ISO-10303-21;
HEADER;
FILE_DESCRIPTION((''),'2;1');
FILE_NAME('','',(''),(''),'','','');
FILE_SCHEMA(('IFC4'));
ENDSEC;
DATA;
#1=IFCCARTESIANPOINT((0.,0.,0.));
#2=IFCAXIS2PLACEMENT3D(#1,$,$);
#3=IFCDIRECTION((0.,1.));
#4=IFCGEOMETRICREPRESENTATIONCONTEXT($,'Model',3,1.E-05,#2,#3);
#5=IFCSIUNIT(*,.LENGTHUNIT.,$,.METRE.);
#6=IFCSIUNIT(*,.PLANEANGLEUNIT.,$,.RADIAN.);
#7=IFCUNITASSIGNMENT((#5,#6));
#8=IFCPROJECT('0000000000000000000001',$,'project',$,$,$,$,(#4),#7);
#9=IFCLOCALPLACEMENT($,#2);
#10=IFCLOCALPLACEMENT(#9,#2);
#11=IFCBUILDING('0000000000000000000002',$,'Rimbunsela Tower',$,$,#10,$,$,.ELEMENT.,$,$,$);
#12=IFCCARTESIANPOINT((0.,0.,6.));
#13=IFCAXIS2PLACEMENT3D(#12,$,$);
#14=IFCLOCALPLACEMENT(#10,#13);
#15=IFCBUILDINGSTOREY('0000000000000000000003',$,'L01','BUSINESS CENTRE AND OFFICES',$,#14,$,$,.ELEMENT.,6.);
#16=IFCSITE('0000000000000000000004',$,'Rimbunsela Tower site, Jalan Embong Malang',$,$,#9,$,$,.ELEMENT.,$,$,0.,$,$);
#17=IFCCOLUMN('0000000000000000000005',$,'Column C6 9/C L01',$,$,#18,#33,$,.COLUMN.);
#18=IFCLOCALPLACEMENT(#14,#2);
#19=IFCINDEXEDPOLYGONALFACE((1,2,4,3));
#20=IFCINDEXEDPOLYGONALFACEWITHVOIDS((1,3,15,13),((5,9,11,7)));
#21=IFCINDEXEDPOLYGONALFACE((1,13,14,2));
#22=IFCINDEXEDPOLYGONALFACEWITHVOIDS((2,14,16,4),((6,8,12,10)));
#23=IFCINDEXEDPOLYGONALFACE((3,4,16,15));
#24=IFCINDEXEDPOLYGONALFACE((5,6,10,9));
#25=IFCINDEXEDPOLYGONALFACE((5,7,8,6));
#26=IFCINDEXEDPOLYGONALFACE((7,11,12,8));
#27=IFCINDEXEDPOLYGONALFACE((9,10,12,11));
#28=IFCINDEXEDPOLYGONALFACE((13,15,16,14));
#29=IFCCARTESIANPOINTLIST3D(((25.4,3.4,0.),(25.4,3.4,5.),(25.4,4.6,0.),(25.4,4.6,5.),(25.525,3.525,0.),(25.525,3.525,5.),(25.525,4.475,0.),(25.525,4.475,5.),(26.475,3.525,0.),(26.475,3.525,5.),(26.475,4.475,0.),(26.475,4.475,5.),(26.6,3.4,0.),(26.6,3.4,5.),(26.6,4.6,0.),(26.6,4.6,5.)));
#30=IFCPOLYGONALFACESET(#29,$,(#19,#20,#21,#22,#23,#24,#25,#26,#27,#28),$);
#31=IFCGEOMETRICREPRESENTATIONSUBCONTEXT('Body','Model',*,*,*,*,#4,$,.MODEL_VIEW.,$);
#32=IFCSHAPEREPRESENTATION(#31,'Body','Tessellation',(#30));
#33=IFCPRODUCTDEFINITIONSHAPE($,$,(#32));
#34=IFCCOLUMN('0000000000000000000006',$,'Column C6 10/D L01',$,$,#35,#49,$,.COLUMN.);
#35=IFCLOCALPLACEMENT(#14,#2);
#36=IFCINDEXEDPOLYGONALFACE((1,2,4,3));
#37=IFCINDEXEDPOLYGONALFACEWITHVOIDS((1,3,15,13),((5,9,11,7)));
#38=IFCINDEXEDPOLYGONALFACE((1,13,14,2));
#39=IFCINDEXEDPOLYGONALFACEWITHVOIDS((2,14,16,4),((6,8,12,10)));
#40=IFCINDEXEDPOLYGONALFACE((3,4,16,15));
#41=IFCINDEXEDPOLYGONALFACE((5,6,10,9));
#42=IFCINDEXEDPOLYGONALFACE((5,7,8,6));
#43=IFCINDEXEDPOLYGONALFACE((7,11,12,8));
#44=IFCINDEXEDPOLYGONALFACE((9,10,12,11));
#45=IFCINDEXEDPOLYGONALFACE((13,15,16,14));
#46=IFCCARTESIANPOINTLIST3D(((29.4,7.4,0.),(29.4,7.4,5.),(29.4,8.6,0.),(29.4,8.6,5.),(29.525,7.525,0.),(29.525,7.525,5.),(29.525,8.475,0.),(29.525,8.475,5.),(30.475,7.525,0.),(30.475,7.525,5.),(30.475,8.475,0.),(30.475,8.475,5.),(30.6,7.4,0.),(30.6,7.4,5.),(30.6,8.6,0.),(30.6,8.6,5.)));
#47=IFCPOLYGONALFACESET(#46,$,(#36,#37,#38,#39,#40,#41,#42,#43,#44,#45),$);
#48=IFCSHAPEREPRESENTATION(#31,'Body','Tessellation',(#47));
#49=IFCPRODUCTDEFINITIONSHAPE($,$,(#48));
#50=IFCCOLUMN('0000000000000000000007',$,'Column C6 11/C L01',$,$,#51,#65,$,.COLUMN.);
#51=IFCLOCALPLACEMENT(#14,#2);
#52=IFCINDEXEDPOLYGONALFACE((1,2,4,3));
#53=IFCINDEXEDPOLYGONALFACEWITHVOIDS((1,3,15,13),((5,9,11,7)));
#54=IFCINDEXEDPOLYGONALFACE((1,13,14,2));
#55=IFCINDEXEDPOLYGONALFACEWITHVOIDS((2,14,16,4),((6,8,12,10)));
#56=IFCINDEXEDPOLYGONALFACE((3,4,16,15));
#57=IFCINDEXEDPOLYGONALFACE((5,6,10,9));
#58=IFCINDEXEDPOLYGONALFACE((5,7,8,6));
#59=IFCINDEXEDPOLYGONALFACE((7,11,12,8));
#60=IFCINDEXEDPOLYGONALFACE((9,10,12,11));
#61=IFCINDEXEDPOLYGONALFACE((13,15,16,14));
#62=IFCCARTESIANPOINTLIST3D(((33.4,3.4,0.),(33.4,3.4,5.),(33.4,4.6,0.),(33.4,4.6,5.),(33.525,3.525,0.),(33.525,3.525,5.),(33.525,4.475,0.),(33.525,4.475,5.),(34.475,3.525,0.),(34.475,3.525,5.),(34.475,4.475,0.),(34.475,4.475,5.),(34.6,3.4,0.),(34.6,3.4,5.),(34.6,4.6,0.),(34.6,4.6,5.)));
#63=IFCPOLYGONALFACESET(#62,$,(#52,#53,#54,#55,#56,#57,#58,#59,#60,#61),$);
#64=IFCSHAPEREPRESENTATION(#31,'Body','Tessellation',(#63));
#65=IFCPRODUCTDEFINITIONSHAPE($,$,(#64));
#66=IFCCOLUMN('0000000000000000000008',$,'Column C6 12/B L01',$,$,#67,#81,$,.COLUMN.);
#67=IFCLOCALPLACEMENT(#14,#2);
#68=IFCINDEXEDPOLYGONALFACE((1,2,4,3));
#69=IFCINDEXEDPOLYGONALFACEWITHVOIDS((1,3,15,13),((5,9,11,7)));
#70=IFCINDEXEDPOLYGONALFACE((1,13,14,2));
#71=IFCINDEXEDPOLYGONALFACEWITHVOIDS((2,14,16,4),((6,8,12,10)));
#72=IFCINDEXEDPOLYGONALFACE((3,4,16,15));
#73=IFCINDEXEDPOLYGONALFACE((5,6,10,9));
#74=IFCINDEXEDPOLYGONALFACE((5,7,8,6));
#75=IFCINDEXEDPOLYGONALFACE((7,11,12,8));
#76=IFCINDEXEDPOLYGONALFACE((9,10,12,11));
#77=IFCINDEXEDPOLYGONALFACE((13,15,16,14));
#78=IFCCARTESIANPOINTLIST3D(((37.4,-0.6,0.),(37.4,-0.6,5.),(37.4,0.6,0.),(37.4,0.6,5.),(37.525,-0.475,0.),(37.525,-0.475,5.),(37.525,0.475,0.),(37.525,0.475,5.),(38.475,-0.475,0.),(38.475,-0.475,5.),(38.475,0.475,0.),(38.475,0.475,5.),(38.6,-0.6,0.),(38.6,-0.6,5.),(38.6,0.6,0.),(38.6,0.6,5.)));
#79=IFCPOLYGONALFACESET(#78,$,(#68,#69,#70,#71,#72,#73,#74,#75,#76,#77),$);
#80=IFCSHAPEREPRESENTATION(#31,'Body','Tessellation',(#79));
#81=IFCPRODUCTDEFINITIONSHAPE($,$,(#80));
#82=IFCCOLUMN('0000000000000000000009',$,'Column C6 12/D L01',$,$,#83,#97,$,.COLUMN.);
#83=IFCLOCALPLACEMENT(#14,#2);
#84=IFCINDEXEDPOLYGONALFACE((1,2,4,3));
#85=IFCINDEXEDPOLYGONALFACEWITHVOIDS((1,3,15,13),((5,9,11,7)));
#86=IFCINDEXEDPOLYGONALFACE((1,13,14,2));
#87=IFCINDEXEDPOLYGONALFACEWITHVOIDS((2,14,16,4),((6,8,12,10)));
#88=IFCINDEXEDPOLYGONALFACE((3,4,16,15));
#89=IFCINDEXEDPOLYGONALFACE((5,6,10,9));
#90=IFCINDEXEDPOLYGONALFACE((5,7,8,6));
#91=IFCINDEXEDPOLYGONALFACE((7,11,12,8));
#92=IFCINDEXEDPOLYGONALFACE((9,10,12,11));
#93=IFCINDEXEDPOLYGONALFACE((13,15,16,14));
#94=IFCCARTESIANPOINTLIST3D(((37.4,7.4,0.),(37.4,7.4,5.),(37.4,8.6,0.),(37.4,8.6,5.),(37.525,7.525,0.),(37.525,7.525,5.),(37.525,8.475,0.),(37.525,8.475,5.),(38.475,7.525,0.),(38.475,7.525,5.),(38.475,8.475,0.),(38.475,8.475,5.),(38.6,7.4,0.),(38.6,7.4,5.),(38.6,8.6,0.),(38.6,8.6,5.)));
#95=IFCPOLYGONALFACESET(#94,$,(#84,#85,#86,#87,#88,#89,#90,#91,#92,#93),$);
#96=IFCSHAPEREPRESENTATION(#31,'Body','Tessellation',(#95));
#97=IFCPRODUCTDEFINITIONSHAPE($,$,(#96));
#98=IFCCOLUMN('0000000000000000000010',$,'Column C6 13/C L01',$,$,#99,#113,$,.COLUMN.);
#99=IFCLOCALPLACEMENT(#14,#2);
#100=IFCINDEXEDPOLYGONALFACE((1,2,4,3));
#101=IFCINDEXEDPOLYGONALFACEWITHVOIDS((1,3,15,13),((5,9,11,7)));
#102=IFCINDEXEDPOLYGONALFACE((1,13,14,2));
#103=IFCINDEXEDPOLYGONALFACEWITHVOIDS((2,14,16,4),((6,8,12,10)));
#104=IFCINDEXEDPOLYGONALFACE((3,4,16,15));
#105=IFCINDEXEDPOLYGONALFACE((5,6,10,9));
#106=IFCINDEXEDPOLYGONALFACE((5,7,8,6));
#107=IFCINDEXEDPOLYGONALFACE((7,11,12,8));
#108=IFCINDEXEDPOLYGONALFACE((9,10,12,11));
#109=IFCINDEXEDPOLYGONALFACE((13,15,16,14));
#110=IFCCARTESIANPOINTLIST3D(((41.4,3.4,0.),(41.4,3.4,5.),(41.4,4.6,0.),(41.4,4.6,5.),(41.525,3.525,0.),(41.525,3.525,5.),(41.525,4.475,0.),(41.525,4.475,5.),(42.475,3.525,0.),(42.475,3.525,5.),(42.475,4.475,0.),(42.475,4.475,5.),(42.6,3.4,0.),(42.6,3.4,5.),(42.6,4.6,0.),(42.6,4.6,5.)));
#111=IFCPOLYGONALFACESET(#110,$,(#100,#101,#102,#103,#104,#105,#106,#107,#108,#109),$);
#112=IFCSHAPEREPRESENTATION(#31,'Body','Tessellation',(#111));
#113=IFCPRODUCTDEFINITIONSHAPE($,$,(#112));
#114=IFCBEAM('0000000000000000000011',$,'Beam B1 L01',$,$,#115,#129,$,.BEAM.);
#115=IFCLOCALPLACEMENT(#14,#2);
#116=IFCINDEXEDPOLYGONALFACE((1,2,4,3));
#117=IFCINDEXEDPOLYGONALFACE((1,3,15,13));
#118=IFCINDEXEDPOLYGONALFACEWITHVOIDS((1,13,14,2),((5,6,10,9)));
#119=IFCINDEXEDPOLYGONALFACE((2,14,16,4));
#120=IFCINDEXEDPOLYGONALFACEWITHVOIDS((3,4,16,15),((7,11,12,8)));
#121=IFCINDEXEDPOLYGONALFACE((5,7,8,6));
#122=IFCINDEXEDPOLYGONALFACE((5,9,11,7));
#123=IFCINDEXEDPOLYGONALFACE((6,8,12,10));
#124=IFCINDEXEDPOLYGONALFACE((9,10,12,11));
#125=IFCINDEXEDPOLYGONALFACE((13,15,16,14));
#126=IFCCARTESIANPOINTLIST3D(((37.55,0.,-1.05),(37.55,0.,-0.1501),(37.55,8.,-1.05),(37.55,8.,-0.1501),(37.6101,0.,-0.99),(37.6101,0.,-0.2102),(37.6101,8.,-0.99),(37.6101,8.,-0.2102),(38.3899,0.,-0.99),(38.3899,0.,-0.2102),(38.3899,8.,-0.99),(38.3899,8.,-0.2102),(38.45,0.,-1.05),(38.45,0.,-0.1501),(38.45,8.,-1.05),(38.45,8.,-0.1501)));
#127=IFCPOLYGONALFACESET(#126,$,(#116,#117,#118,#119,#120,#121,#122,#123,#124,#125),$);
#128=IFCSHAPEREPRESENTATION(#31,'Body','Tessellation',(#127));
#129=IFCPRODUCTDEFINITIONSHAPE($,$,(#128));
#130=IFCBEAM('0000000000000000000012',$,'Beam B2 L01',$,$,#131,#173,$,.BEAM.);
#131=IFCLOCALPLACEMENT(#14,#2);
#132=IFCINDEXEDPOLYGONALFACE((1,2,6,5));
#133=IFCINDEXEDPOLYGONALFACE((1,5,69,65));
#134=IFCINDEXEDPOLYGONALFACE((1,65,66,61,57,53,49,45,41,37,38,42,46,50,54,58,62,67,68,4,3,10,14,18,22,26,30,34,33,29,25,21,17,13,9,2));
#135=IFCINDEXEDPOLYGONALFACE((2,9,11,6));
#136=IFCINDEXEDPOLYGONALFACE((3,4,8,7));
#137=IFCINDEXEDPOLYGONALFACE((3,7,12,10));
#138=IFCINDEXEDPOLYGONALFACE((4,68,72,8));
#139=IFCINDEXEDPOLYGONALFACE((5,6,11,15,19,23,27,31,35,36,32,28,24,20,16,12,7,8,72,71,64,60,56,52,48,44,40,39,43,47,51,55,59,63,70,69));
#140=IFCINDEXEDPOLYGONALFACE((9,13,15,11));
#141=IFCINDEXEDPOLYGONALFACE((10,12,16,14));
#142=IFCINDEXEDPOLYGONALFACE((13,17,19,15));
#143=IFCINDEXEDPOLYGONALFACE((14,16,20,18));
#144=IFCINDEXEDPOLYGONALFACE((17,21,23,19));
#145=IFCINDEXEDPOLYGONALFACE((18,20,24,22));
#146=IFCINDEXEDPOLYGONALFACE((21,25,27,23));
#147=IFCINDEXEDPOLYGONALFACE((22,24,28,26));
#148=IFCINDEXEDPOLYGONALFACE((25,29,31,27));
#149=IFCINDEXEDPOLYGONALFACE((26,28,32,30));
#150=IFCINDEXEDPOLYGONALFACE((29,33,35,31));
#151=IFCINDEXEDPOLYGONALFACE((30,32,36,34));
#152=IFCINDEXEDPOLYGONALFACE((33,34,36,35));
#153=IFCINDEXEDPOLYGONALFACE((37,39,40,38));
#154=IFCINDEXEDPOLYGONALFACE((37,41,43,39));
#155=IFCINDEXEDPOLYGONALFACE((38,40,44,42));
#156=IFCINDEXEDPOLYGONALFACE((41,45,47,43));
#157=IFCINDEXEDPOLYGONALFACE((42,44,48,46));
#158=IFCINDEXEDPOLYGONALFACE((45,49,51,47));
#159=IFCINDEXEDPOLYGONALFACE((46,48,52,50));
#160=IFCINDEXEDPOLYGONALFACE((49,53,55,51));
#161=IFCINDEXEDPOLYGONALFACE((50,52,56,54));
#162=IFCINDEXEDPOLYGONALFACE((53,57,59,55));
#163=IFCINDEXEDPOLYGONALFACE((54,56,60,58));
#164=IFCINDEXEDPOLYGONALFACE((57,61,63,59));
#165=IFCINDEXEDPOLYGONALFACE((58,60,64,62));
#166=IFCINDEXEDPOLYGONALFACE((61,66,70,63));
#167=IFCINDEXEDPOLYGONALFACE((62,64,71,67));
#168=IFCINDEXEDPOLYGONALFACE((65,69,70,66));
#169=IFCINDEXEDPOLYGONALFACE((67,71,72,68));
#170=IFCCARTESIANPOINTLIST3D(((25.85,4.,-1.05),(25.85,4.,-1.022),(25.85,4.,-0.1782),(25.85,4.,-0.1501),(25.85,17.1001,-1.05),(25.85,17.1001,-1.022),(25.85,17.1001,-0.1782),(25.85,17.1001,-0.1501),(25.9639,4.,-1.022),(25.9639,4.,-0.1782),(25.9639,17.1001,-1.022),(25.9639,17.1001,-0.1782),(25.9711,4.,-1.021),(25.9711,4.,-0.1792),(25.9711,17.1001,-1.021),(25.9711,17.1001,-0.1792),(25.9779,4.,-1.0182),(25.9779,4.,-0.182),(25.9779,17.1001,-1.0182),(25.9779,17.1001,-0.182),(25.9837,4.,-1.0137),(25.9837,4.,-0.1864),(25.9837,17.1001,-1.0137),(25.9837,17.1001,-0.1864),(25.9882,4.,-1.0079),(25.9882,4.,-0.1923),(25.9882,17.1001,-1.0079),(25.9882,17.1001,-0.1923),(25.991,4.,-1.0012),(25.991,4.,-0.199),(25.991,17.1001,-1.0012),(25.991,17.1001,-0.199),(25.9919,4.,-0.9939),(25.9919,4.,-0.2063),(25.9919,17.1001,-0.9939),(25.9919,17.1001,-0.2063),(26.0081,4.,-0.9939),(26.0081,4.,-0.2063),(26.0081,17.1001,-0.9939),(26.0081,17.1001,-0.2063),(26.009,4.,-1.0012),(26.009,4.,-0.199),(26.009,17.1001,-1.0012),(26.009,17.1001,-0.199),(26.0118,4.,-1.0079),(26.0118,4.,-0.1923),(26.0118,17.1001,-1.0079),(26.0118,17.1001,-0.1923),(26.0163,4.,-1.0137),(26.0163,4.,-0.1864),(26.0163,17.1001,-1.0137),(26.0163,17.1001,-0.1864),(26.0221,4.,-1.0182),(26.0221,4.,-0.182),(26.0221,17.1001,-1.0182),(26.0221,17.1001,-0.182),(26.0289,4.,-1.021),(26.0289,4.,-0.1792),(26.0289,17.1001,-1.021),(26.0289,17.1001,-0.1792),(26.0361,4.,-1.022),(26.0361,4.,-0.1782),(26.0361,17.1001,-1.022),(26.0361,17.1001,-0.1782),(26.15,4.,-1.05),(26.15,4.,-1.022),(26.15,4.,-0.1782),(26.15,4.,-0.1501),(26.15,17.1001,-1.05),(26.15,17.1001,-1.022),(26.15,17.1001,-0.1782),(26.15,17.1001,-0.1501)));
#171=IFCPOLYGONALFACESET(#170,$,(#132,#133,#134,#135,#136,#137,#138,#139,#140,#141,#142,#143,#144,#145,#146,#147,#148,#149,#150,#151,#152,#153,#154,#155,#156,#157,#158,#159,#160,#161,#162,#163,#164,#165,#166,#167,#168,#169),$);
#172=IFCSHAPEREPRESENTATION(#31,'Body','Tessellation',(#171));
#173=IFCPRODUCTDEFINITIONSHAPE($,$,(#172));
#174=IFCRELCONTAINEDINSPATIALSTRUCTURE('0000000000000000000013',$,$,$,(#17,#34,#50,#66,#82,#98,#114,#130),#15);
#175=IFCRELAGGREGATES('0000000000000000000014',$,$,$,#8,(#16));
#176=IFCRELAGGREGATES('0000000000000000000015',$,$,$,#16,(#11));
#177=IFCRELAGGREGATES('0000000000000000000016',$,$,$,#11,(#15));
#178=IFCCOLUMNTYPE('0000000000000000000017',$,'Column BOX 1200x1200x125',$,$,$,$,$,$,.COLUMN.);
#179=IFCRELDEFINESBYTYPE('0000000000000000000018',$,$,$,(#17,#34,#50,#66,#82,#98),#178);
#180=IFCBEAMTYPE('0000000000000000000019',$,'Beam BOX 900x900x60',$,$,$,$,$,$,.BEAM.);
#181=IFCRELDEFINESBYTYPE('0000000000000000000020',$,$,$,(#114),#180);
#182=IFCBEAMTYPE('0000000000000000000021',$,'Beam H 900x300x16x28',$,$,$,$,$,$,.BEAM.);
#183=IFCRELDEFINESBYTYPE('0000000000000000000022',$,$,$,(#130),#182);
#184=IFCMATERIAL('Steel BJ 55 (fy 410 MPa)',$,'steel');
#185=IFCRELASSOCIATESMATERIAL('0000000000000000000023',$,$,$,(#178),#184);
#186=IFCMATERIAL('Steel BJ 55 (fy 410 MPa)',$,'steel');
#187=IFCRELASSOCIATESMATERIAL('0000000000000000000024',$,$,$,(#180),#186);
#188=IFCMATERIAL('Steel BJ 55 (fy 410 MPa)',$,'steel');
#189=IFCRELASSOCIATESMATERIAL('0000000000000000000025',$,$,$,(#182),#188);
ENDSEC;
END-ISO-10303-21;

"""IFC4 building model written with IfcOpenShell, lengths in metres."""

from ifc_helpers import new_model, si_unit, direction, frame, origin, origin_2d, place, context, subcontext, project, spatial, hollow_rectangle, i_section, extrude, material, material_profile, profile_set, type_object, element, save


model = new_model("IFC4")

# Units and contexts
model_context = context("Model", 3, precision=1e-05, world=origin(), true_north=direction((0.0, 1.0)))
body_context = subcontext(model_context, "Body", "Model", "MODEL_VIEW")
ifc_project = project(units=[si_unit("LENGTHUNIT", "METRE"), si_unit("PLANEANGLEUNIT", "RADIAN")], contexts=[model_context])

# Site, building, storey
site_placement = place(None, origin())
site = spatial("IfcSite", under=ifc_project, at=site_placement, Name="Rimbunsela Tower site, Jalan Embong Malang", CompositionType="ELEMENT", RefElevation=0.0)
building_placement = place(site_placement, origin())
building = spatial("IfcBuilding", under=site, at=building_placement, Name="Rimbunsela Tower", CompositionType="ELEMENT")
storey_placement = place(building_placement, frame((0.0, 0.0, 6.0)))
storey = spatial("IfcBuildingStorey", under=building, at=storey_placement, Name="L01", Description="BUSINESS CENTRE AND OFFICES", CompositionType="ELEMENT", Elevation=6.0)

# Columns
ifc_material_1 = material(Name="Steel BJ 55 (fy 410 MPa)", Category="steel")
ifc_material_profile_1 = material_profile(ifc_material_1, hollow_rectangle(XDim=1.2, YDim=1.2, WallThickness=0.125, at=origin_2d()), Name="BOX 1200x1200x125")
ifc_profile_set_1 = profile_set([ifc_material_profile_1], Name="Steel BJ 55 (fy 410 MPa)")
column_type = type_object("IfcColumnType", Name="Column BOX 1200x1200x125", PredefinedType="COLUMN", material=ifc_profile_set_1)
for number, where, z_axis, x_axis, name in (
    (1, (26.0, 4.0, 0.0), (0.0, 0.0, 1.0), (1.0, 0.0, 0.0), "Column C6 9/C L01"),
    (2, (30.0, 8.0, 0.0), (0.0, 0.0, 1.0), (1.0, 0.0, 0.0), "Column C6 10/D L01"),
    (3, (34.0, 4.0, 0.0), (0.0, 0.0, 1.0), (1.0, 0.0, 0.0), "Column C6 11/C L01"),
    (4, (38.0, 0.0, 0.0), (0.0, 0.0, 1.0), (1.0, 0.0, 0.0), "Column C6 12/B L01"),
    (5, (38.0, 8.0, 0.0), (0.0, 0.0, 1.0), (1.0, 0.0, 0.0), "Column C6 12/D L01"),
    (6, (42.0, 4.0, 0.0), (0.0, 0.0, 1.0), (1.0, 0.0, 0.0), "Column C6 13/C L01"),
):
    element("IfcColumn", number, at=place(storey_placement, frame(where, z_axis=z_axis, x_axis=x_axis)), inside=storey, type_object=column_type, Name=name, PredefinedType="COLUMN", context=body_context, shape_type="SweptSolid", body=[
        extrude(hollow_rectangle(XDim=1.2, YDim=1.2, WallThickness=0.125, at=origin_2d()), origin(), (0.0, 0.0, 1.0), 5.0),
    ])

# Beams
ifc_material_2 = material(Name="Steel BJ 55 (fy 410 MPa)", Category="steel")
ifc_material_profile_2 = material_profile(ifc_material_2, hollow_rectangle(XDim=0.8999, YDim=0.8999, WallThickness=0.0601, at=origin_2d()), Name="BOX 900x900x60")
ifc_profile_set_2 = profile_set([ifc_material_profile_2], Name="Steel BJ 55 (fy 410 MPa)")
beam_type_1 = type_object("IfcBeamType", Name="Beam BOX 900x900x60", PredefinedType="BEAM", material=ifc_profile_set_2)
beam_1_placement = place(storey_placement, frame((38.0, 0.0, -0.6001), z_axis=(0.0, 1.0, 0.0), x_axis=(-1.0, 0.0, 0.0)))
element("IfcBeam", 7, at=beam_1_placement, inside=storey, type_object=beam_type_1, Name="Beam B1 L01", PredefinedType="BEAM", context=body_context, shape_type="SweptSolid", body=[
    extrude(hollow_rectangle(XDim=0.8999, YDim=0.8999, WallThickness=0.0601, at=origin_2d()), origin(), (0.0, 0.0, 1.0), 8.0),
])
ifc_material_3 = material(Name="Steel BJ 55 (fy 410 MPa)", Category="steel")
ifc_material_profile_3 = material_profile(ifc_material_3, i_section(OverallWidth=0.3, OverallDepth=0.8999, WebThickness=0.0161, FlangeThickness=0.0281, FilletRadius=0.0281, at=origin_2d()), Name="H 900x300x16x28")
ifc_profile_set_3 = profile_set([ifc_material_profile_3], Name="Steel BJ 55 (fy 410 MPa)")
beam_type_2 = type_object("IfcBeamType", Name="Beam H 900x300x16x28", PredefinedType="BEAM", material=ifc_profile_set_3)
beam_2_placement = place(storey_placement, frame((26.0, 4.0, -0.6001), z_axis=(0.0, 1.0, 0.0), x_axis=(-1.0, 0.0, 0.0)))
element("IfcBeam", 8, at=beam_2_placement, inside=storey, type_object=beam_type_2, Name="Beam B2 L01", PredefinedType="BEAM", context=body_context, shape_type="SweptSolid", body=[
    extrude(i_section(OverallWidth=0.3, OverallDepth=0.8999, WebThickness=0.0161, FlangeThickness=0.0281, FilletRadius=0.0281, at=origin_2d()), origin(), (0.0, 0.0, 1.0), 13.1001),
])

save(model, "model.ifc")
